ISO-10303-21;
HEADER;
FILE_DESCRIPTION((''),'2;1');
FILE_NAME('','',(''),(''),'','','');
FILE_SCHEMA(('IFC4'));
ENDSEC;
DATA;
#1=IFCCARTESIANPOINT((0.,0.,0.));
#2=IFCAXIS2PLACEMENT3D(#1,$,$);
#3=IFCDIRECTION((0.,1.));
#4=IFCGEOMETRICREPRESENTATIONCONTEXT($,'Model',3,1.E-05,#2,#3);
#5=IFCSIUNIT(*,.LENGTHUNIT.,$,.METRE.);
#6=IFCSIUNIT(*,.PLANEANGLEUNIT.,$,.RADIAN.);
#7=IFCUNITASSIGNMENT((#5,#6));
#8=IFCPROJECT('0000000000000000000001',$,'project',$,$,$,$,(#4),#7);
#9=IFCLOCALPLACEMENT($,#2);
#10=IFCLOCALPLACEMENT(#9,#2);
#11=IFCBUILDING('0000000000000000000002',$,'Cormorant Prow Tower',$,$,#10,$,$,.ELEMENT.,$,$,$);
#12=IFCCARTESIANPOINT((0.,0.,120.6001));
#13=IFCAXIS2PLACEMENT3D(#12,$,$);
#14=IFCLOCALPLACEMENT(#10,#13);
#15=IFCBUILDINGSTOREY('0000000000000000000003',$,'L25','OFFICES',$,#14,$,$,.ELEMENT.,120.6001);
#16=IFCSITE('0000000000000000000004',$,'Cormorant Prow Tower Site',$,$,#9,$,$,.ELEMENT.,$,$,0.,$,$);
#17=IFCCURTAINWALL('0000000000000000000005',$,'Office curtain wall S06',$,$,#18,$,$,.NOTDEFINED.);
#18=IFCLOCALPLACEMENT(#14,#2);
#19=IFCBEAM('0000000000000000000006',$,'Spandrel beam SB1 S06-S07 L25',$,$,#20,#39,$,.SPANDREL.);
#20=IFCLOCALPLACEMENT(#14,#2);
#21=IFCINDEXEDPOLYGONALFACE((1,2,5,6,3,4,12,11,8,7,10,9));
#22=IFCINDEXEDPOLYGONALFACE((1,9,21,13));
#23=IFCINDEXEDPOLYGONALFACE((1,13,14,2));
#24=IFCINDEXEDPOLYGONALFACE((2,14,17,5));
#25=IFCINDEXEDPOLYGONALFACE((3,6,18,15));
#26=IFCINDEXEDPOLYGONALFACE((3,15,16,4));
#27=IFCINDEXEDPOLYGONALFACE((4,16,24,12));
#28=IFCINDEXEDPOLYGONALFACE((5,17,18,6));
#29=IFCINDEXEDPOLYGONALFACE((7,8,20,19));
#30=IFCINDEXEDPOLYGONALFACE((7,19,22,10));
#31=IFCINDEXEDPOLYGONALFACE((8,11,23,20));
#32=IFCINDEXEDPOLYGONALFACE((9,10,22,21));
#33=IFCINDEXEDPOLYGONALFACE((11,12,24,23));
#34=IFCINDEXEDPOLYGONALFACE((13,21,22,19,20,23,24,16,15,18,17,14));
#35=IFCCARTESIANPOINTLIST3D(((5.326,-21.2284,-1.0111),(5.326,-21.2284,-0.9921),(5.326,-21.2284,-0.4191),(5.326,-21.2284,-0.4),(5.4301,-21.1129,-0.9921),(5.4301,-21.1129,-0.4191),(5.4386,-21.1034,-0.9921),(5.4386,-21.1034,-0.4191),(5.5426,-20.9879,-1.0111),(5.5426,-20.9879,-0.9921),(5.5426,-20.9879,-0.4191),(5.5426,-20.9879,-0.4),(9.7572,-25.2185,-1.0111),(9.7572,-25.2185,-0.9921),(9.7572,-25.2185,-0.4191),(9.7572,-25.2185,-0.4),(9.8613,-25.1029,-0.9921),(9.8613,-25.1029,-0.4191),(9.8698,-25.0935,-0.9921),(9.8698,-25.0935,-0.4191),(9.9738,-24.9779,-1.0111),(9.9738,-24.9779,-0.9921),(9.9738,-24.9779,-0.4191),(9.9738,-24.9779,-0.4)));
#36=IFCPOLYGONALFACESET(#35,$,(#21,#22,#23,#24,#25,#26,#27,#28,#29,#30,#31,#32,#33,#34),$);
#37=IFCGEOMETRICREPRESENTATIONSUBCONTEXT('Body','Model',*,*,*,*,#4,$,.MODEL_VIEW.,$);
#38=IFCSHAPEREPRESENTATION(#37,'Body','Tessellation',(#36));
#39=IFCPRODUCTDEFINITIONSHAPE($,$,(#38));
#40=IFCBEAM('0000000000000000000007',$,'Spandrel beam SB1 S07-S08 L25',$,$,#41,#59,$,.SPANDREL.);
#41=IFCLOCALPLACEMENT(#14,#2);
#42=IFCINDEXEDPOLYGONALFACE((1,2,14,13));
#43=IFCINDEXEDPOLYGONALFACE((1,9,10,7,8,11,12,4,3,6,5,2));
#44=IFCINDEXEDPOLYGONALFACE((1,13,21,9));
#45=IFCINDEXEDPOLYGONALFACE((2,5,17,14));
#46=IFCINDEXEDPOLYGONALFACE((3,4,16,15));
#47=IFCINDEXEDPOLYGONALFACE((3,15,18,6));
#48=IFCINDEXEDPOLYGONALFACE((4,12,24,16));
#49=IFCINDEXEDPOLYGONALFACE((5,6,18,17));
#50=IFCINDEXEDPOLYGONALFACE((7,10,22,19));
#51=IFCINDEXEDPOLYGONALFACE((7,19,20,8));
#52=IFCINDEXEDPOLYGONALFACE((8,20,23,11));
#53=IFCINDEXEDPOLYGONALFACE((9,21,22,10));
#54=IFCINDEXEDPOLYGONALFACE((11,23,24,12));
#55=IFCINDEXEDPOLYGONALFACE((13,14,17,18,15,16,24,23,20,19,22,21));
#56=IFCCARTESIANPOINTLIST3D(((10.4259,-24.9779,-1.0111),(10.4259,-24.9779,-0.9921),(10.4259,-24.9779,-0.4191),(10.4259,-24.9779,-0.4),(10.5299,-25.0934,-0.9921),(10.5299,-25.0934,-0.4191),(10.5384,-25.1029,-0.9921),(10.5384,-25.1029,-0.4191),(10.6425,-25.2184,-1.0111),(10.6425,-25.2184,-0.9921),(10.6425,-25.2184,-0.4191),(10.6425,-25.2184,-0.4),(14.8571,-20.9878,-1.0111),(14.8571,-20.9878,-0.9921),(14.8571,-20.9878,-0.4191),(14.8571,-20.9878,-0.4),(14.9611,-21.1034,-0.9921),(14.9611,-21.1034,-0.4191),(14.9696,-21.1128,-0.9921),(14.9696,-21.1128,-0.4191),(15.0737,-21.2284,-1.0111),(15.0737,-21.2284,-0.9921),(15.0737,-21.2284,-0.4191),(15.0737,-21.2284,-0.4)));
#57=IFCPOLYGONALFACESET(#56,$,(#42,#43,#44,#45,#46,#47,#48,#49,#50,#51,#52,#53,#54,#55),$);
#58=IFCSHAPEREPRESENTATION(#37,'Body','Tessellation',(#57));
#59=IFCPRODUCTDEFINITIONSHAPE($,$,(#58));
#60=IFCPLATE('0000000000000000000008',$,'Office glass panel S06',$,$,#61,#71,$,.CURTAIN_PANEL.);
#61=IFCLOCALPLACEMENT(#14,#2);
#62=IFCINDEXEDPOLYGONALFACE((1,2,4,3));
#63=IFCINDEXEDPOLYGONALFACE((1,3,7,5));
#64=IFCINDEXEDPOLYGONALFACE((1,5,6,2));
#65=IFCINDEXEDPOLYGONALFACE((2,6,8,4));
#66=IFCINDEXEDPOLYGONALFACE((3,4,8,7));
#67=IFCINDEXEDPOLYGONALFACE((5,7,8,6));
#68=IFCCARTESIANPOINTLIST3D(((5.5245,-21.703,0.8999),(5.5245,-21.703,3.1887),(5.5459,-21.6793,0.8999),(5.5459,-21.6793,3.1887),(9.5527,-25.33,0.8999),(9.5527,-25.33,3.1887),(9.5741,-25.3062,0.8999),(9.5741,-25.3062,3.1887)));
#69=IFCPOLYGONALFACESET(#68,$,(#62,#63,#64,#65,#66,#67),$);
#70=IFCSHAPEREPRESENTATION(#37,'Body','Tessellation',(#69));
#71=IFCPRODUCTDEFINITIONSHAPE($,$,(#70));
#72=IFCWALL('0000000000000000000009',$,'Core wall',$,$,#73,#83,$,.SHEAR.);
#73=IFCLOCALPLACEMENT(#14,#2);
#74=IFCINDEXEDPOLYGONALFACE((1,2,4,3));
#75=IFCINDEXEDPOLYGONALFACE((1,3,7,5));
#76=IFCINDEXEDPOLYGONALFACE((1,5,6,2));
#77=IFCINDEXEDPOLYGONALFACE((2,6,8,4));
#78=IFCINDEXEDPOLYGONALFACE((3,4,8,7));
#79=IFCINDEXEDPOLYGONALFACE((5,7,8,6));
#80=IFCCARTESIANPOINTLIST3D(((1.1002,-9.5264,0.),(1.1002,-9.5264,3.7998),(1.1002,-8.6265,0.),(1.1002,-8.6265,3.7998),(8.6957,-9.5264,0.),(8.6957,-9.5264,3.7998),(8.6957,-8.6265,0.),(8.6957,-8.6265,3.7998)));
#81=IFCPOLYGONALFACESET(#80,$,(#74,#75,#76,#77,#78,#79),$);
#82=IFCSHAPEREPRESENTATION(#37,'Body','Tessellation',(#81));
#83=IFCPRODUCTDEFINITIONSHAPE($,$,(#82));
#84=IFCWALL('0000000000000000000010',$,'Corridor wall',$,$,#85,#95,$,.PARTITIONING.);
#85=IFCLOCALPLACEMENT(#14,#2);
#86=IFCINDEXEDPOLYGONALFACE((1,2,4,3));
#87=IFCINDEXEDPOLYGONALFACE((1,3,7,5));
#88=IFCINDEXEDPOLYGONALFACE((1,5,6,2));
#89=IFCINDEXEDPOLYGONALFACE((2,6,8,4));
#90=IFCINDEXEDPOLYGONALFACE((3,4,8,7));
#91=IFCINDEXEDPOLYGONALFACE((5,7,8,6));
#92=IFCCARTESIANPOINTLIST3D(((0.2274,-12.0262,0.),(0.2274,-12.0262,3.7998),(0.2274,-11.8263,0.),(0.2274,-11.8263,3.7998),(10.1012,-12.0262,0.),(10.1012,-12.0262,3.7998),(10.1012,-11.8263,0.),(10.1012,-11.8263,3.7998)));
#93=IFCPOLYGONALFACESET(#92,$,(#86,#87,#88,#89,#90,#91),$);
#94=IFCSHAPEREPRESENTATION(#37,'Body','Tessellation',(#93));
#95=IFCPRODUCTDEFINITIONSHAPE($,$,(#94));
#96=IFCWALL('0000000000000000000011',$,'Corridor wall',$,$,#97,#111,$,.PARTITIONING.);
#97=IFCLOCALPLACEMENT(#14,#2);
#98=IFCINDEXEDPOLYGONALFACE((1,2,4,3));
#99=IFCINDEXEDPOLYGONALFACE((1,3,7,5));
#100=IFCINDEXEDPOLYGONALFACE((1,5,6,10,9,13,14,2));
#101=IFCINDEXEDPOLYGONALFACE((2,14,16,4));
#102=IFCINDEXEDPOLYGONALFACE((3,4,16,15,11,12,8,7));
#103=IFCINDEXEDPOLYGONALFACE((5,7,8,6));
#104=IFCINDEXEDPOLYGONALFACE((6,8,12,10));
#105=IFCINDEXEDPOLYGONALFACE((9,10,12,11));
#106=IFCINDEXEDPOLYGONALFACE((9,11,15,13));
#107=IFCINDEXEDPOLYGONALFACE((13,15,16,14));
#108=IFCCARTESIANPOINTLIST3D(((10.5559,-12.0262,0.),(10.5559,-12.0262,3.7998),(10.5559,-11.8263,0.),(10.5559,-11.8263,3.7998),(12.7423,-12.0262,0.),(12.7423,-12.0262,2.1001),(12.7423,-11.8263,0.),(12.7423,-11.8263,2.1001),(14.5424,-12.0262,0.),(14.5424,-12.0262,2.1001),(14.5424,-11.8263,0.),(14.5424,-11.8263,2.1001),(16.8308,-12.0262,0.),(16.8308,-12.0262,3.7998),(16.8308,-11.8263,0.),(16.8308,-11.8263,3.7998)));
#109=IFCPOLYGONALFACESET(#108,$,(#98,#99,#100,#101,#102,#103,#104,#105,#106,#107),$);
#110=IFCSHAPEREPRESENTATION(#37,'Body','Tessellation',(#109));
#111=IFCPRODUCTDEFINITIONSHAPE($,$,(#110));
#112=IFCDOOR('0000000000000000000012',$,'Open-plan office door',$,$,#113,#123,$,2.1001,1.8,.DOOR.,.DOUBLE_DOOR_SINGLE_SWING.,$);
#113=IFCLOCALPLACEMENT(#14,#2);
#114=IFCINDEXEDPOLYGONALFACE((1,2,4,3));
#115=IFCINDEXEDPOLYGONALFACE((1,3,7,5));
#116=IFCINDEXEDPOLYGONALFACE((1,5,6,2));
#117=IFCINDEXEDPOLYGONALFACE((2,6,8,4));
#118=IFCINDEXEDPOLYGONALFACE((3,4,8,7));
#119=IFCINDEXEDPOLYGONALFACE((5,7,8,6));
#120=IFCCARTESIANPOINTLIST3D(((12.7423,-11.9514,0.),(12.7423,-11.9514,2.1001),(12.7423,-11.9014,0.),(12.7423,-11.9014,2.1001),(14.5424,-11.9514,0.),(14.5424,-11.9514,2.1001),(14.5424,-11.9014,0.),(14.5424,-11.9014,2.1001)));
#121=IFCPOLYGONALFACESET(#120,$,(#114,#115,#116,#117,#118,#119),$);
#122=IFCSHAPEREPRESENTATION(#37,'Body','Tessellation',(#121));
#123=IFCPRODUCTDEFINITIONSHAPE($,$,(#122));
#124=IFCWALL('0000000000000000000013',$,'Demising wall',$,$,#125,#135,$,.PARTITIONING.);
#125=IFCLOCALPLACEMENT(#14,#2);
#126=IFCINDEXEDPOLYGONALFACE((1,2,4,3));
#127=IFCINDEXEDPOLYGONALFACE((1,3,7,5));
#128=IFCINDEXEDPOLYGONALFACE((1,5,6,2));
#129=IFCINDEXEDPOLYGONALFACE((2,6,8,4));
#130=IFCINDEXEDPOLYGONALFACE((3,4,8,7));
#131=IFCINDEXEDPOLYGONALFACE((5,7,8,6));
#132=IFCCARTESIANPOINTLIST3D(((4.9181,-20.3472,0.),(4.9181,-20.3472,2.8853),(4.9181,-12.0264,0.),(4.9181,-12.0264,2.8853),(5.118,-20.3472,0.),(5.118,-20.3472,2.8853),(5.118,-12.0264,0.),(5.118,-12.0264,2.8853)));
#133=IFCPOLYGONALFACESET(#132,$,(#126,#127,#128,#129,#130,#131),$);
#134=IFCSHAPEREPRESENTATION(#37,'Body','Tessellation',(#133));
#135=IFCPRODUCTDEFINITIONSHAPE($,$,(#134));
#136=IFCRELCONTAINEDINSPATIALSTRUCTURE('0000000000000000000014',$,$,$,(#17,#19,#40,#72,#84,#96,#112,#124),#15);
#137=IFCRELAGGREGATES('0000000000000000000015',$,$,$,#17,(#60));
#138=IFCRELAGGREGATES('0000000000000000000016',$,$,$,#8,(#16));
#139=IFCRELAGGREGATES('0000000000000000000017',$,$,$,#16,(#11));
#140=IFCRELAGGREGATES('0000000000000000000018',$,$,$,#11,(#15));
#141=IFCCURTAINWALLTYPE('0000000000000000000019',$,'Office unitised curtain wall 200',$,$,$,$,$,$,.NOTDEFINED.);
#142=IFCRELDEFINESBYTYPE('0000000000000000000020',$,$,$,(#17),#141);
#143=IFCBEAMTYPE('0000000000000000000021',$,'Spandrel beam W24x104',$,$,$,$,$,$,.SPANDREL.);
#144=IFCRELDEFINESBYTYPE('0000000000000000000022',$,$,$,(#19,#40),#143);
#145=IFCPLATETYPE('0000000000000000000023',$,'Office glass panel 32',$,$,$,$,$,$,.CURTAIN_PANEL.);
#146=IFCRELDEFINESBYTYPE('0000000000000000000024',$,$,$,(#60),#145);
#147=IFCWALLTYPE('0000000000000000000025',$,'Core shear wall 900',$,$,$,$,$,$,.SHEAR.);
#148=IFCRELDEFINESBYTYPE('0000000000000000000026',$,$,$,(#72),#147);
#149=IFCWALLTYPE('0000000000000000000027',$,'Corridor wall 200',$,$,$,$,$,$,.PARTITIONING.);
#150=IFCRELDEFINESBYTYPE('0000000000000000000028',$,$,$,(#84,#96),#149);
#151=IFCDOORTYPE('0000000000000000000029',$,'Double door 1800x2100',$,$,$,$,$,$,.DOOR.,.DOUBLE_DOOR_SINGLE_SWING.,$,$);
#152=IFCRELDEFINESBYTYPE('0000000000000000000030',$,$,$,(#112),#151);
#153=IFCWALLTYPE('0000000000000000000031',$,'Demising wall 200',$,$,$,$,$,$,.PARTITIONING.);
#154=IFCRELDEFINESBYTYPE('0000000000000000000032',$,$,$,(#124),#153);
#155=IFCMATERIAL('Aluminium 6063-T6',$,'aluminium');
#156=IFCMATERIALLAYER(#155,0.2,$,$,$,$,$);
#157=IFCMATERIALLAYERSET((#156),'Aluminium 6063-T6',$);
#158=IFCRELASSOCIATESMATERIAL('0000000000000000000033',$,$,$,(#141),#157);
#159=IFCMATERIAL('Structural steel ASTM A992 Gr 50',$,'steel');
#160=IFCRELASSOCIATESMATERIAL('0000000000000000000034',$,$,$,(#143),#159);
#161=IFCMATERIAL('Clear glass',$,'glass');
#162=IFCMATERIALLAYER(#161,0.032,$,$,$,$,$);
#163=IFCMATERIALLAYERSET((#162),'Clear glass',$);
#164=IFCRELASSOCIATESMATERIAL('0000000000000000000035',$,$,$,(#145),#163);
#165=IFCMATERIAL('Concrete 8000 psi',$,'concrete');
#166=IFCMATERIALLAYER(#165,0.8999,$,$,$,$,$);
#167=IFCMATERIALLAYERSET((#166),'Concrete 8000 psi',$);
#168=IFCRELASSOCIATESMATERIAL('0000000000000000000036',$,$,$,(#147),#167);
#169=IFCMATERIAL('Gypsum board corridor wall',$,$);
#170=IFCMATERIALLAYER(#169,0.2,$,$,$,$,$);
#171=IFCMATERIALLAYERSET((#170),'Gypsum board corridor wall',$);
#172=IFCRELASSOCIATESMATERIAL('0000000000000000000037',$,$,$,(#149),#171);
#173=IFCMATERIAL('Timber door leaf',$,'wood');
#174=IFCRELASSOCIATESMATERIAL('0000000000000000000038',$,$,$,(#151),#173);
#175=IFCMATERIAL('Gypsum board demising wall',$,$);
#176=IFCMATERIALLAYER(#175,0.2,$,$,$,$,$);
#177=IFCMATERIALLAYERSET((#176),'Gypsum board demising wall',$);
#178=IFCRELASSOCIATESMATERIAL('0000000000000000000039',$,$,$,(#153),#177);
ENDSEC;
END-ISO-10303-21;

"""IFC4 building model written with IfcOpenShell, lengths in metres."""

from ifc_helpers import new_model, si_unit, direction, frame, frame_2d, origin, origin_2d, place, context, subcontext, project, spatial, rectangle, i_section, extrude, material, layer, layer_set, material_profile, profile_set, type_object, element, fill, aggregate, save


model = new_model("IFC4")

# Units and contexts
model_context = context("Model", 3, precision=1e-05, world=origin(), true_north=direction((0.0, 1.0)))
body_context = subcontext(model_context, "Body", "Model", "MODEL_VIEW")
ifc_project = project(units=[si_unit("LENGTHUNIT", "METRE"), si_unit("PLANEANGLEUNIT", "RADIAN")], contexts=[model_context])

# Site, building, storey
site_placement = place(None, origin())
site = spatial("IfcSite", under=ifc_project, at=site_placement, Name="Cormorant Prow Tower Site", CompositionType="ELEMENT", RefElevation=0.0)
building_placement = place(site_placement, origin())
building = spatial("IfcBuilding", under=site, at=building_placement, Name="Cormorant Prow Tower", CompositionType="ELEMENT")
storey_placement = place(building_placement, frame((0.0, 0.0, 120.6001)))
storey = spatial("IfcBuildingStorey", under=building, at=storey_placement, Name="L25", Description="OFFICES", CompositionType="ELEMENT", Elevation=120.6001)

# Curtain wall
ifc_material_1 = material(Name="Aluminium 6063-T6", Category="aluminium")
ifc_layer_1 = layer(ifc_material_1, 0.2)
ifc_layer_set_1 = layer_set([ifc_layer_1], Name="Aluminium 6063-T6")
curtain_wall_type = type_object("IfcCurtainWallType", Name="Office unitised curtain wall 200", PredefinedType="NOTDEFINED", material=ifc_layer_set_1)
curtain_wall_1_placement = place(storey_placement, origin())
curtain_wall_1 = element("IfcCurtainWall", 1, at=curtain_wall_1_placement, inside=storey, type_object=curtain_wall_type, Name="Office curtain wall S06", PredefinedType="NOTDEFINED")

# Beams
ifc_material_2 = material(Name="Structural steel ASTM A992 Gr 50", Category="steel")
ifc_material_profile_1 = material_profile(ifc_material_2, i_section(OverallWidth=0.3237, OverallDepth=0.6111, WebThickness=0.0127, FlangeThickness=0.019, at=origin_2d()), Name="W24x104")
ifc_profile_set_1 = profile_set([ifc_material_profile_1], Name="Structural steel ASTM A992 Gr 50")
beam_type_1 = type_object("IfcBeamType", Name="Spandrel beam W24x104", PredefinedType="SPANDREL", material=ifc_profile_set_1)
for number, where, z_axis, x_axis, name in (
    (2, (5.4343, -21.1082, -0.7056), (0.743131, -0.669146, 0.0), (0.669146, 0.743131, 0.0), "Spandrel beam SB1 S06-S07 L25"),
    (3, (10.5342, -25.0981, -0.7056), (0.743131, 0.669146, 0.0), (-0.669146, 0.743131, 0.0), "Spandrel beam SB1 S07-S08 L25"),
):
    element("IfcBeam", number, at=place(storey_placement, frame(where, z_axis=z_axis, x_axis=x_axis)), inside=storey, type_object=beam_type_1, Name=name, PredefinedType="SPANDREL", context=body_context, shape_type="SweptSolid", body=[
        extrude(i_section(OverallWidth=0.3237, OverallDepth=0.6111, WebThickness=0.0127, FlangeThickness=0.019, at=origin_2d()), origin(), (0.0, 0.0, 1.0), 5.9629),
    ])

# Plate
ifc_material_3 = material(Name="Clear glass", Category="glass")
ifc_layer_2 = layer(ifc_material_3, 0.032)
ifc_layer_set_2 = layer_set([ifc_layer_2], Name="Clear glass")
plate_type = type_object("IfcPlateType", Name="Office glass panel 32", PredefinedType="CURTAIN_PANEL", material=ifc_layer_set_2)
plate_placement = place(storey_placement, frame((7.5493, -23.5046, 0.8999), z_axis=(0.0, 0.0, 1.0), x_axis=(0.743145, -0.669131, 0.0)))
plate = element("IfcPlate", 4, at=plate_placement, type_object=plate_type, Name="Office glass panel S06", PredefinedType="CURTAIN_PANEL", context=body_context, shape_type="SweptSolid", body=[
    extrude(rectangle(XDim=5.4204, YDim=0.032, at=origin_2d()), origin(), (0.0, 0.0, 1.0), 2.2888),
])
aggregate(curtain_wall_1, [plate])

# Walls
ifc_material_4 = material(Name="Concrete 8000 psi", Category="concrete")
ifc_layer_3 = layer(ifc_material_4, 0.8999)
ifc_layer_set_3 = layer_set([ifc_layer_3], Name="Concrete 8000 psi")
wall_type_1 = type_object("IfcWallType", Name="Core shear wall 900", PredefinedType="SHEAR", material=ifc_layer_set_3)
wall_1_placement = place(storey_placement, frame((1.1001, -9.0764, 0.0), z_axis=(0.0, 0.0, 1.0), x_axis=(1.0, 0.0, 0.0)))
element("IfcWall", 5, at=wall_1_placement, inside=storey, type_object=wall_type_1, Name="Core wall", PredefinedType="SHEAR", context=body_context, shape_type="SweptSolid", body=[
    extrude(rectangle(XDim=7.5955, YDim=0.8999, at=frame_2d((3.7979, 0.0))), origin(), (0.0, 0.0, 1.0), 3.7998),
])
ifc_material_5 = material(Name="Gypsum board corridor wall")
ifc_layer_4 = layer(ifc_material_5, 0.2)
ifc_layer_set_4 = layer_set([ifc_layer_4], Name="Gypsum board corridor wall")
wall_type_2 = type_object("IfcWallType", Name="Corridor wall 200", PredefinedType="PARTITIONING", material=ifc_layer_set_4)
wall_2_placement = place(storey_placement, frame((0.2273, -11.9263, 0.0), z_axis=(0.0, 0.0, 1.0), x_axis=(1.0, 0.0, 0.0)))
element("IfcWall", 6, at=wall_2_placement, inside=storey, type_object=wall_type_2, Name="Corridor wall", PredefinedType="PARTITIONING", context=body_context, shape_type="SweptSolid", body=[
    extrude(rectangle(XDim=9.8738, YDim=0.2, at=frame_2d((4.937, 0.0))), origin(), (0.0, 0.0, 1.0), 3.7998),
])

# Wall, opening, door
wall_3_placement = place(storey_placement, frame((10.5559, -11.9263, 0.0), z_axis=(0.0, 0.0, 1.0), x_axis=(1.0, 0.0, 0.0)))
wall_3 = element("IfcWall", 7, at=wall_3_placement, inside=storey, type_object=wall_type_2, Name="Corridor wall", PredefinedType="PARTITIONING", context=body_context, shape_type="SweptSolid", body=[
    extrude(rectangle(XDim=6.2749, YDim=0.2, at=frame_2d((3.1375, 0.0))), origin(), (0.0, 0.0, 1.0), 3.7998),
])
opening_1_placement = place(wall_3_placement, frame((2.1865, 0.0, 0.0)))
opening_1 = element("IfcOpeningElement", 8, at=opening_1_placement, cuts=wall_3, PredefinedType="OPENING", context=body_context, shape_type="SweptSolid", body=[
    extrude(rectangle(XDim=1.8, YDim=2.1001, at=frame_2d((0.8999, 1.05))), frame((0.0, 0.1099, 0.0), z_axis=(0.0, -1.0, 0.0), x_axis=(1.0, 0.0, 0.0)), (0.0, 0.0, 1.0), 0.22),
])
ifc_material_6 = material(Name="Timber door leaf", Category="wood")
door_type_1 = type_object("IfcDoorType", Name="Double door 1800x2100", OperationType="DOUBLE_DOOR_SINGLE_SWING", PredefinedType="DOOR", material=ifc_material_6)
door_1_placement = place(opening_1_placement, origin())
door_1 = element("IfcDoor", 9, at=door_1_placement, inside=storey, type_object=door_type_1, Name="Open-plan office door", OperationType="DOUBLE_DOOR_SINGLE_SWING", OverallHeight=2.1001, OverallWidth=1.8, PredefinedType="DOOR", context=body_context, shape_type="SweptSolid", body=[
    extrude(rectangle(XDim=1.8, YDim=2.1001, at=frame_2d((0.8999, 1.05))), frame((0.0, 0.0249, 0.0), z_axis=(0.0, -1.0, 0.0), x_axis=(1.0, 0.0, 0.0)), (0.0, 0.0, 1.0), 0.05),
])
fill(opening_1, door_1)

# Wall
ifc_material_7 = material(Name="Gypsum board demising wall")
ifc_layer_5 = layer(ifc_material_7, 0.2)
ifc_layer_set_5 = layer_set([ifc_layer_5], Name="Gypsum board demising wall")
wall_type_3 = type_object("IfcWallType", Name="Demising wall 200", PredefinedType="PARTITIONING", material=ifc_layer_set_5)
wall_4_placement = place(storey_placement, frame((5.0181, -20.3472, 0.0), z_axis=(0.0, 0.0, 1.0), x_axis=(0.0, 1.0, 0.0)))
element("IfcWall", 10, at=wall_4_placement, inside=storey, type_object=wall_type_3, Name="Demising wall", PredefinedType="PARTITIONING", context=body_context, shape_type="SweptSolid", body=[
    extrude(rectangle(XDim=8.3208, YDim=0.2, at=frame_2d((4.1604, 0.0))), origin(), (0.0, 0.0, 1.0), 2.8853),
])

save(model, "model.ifc")
